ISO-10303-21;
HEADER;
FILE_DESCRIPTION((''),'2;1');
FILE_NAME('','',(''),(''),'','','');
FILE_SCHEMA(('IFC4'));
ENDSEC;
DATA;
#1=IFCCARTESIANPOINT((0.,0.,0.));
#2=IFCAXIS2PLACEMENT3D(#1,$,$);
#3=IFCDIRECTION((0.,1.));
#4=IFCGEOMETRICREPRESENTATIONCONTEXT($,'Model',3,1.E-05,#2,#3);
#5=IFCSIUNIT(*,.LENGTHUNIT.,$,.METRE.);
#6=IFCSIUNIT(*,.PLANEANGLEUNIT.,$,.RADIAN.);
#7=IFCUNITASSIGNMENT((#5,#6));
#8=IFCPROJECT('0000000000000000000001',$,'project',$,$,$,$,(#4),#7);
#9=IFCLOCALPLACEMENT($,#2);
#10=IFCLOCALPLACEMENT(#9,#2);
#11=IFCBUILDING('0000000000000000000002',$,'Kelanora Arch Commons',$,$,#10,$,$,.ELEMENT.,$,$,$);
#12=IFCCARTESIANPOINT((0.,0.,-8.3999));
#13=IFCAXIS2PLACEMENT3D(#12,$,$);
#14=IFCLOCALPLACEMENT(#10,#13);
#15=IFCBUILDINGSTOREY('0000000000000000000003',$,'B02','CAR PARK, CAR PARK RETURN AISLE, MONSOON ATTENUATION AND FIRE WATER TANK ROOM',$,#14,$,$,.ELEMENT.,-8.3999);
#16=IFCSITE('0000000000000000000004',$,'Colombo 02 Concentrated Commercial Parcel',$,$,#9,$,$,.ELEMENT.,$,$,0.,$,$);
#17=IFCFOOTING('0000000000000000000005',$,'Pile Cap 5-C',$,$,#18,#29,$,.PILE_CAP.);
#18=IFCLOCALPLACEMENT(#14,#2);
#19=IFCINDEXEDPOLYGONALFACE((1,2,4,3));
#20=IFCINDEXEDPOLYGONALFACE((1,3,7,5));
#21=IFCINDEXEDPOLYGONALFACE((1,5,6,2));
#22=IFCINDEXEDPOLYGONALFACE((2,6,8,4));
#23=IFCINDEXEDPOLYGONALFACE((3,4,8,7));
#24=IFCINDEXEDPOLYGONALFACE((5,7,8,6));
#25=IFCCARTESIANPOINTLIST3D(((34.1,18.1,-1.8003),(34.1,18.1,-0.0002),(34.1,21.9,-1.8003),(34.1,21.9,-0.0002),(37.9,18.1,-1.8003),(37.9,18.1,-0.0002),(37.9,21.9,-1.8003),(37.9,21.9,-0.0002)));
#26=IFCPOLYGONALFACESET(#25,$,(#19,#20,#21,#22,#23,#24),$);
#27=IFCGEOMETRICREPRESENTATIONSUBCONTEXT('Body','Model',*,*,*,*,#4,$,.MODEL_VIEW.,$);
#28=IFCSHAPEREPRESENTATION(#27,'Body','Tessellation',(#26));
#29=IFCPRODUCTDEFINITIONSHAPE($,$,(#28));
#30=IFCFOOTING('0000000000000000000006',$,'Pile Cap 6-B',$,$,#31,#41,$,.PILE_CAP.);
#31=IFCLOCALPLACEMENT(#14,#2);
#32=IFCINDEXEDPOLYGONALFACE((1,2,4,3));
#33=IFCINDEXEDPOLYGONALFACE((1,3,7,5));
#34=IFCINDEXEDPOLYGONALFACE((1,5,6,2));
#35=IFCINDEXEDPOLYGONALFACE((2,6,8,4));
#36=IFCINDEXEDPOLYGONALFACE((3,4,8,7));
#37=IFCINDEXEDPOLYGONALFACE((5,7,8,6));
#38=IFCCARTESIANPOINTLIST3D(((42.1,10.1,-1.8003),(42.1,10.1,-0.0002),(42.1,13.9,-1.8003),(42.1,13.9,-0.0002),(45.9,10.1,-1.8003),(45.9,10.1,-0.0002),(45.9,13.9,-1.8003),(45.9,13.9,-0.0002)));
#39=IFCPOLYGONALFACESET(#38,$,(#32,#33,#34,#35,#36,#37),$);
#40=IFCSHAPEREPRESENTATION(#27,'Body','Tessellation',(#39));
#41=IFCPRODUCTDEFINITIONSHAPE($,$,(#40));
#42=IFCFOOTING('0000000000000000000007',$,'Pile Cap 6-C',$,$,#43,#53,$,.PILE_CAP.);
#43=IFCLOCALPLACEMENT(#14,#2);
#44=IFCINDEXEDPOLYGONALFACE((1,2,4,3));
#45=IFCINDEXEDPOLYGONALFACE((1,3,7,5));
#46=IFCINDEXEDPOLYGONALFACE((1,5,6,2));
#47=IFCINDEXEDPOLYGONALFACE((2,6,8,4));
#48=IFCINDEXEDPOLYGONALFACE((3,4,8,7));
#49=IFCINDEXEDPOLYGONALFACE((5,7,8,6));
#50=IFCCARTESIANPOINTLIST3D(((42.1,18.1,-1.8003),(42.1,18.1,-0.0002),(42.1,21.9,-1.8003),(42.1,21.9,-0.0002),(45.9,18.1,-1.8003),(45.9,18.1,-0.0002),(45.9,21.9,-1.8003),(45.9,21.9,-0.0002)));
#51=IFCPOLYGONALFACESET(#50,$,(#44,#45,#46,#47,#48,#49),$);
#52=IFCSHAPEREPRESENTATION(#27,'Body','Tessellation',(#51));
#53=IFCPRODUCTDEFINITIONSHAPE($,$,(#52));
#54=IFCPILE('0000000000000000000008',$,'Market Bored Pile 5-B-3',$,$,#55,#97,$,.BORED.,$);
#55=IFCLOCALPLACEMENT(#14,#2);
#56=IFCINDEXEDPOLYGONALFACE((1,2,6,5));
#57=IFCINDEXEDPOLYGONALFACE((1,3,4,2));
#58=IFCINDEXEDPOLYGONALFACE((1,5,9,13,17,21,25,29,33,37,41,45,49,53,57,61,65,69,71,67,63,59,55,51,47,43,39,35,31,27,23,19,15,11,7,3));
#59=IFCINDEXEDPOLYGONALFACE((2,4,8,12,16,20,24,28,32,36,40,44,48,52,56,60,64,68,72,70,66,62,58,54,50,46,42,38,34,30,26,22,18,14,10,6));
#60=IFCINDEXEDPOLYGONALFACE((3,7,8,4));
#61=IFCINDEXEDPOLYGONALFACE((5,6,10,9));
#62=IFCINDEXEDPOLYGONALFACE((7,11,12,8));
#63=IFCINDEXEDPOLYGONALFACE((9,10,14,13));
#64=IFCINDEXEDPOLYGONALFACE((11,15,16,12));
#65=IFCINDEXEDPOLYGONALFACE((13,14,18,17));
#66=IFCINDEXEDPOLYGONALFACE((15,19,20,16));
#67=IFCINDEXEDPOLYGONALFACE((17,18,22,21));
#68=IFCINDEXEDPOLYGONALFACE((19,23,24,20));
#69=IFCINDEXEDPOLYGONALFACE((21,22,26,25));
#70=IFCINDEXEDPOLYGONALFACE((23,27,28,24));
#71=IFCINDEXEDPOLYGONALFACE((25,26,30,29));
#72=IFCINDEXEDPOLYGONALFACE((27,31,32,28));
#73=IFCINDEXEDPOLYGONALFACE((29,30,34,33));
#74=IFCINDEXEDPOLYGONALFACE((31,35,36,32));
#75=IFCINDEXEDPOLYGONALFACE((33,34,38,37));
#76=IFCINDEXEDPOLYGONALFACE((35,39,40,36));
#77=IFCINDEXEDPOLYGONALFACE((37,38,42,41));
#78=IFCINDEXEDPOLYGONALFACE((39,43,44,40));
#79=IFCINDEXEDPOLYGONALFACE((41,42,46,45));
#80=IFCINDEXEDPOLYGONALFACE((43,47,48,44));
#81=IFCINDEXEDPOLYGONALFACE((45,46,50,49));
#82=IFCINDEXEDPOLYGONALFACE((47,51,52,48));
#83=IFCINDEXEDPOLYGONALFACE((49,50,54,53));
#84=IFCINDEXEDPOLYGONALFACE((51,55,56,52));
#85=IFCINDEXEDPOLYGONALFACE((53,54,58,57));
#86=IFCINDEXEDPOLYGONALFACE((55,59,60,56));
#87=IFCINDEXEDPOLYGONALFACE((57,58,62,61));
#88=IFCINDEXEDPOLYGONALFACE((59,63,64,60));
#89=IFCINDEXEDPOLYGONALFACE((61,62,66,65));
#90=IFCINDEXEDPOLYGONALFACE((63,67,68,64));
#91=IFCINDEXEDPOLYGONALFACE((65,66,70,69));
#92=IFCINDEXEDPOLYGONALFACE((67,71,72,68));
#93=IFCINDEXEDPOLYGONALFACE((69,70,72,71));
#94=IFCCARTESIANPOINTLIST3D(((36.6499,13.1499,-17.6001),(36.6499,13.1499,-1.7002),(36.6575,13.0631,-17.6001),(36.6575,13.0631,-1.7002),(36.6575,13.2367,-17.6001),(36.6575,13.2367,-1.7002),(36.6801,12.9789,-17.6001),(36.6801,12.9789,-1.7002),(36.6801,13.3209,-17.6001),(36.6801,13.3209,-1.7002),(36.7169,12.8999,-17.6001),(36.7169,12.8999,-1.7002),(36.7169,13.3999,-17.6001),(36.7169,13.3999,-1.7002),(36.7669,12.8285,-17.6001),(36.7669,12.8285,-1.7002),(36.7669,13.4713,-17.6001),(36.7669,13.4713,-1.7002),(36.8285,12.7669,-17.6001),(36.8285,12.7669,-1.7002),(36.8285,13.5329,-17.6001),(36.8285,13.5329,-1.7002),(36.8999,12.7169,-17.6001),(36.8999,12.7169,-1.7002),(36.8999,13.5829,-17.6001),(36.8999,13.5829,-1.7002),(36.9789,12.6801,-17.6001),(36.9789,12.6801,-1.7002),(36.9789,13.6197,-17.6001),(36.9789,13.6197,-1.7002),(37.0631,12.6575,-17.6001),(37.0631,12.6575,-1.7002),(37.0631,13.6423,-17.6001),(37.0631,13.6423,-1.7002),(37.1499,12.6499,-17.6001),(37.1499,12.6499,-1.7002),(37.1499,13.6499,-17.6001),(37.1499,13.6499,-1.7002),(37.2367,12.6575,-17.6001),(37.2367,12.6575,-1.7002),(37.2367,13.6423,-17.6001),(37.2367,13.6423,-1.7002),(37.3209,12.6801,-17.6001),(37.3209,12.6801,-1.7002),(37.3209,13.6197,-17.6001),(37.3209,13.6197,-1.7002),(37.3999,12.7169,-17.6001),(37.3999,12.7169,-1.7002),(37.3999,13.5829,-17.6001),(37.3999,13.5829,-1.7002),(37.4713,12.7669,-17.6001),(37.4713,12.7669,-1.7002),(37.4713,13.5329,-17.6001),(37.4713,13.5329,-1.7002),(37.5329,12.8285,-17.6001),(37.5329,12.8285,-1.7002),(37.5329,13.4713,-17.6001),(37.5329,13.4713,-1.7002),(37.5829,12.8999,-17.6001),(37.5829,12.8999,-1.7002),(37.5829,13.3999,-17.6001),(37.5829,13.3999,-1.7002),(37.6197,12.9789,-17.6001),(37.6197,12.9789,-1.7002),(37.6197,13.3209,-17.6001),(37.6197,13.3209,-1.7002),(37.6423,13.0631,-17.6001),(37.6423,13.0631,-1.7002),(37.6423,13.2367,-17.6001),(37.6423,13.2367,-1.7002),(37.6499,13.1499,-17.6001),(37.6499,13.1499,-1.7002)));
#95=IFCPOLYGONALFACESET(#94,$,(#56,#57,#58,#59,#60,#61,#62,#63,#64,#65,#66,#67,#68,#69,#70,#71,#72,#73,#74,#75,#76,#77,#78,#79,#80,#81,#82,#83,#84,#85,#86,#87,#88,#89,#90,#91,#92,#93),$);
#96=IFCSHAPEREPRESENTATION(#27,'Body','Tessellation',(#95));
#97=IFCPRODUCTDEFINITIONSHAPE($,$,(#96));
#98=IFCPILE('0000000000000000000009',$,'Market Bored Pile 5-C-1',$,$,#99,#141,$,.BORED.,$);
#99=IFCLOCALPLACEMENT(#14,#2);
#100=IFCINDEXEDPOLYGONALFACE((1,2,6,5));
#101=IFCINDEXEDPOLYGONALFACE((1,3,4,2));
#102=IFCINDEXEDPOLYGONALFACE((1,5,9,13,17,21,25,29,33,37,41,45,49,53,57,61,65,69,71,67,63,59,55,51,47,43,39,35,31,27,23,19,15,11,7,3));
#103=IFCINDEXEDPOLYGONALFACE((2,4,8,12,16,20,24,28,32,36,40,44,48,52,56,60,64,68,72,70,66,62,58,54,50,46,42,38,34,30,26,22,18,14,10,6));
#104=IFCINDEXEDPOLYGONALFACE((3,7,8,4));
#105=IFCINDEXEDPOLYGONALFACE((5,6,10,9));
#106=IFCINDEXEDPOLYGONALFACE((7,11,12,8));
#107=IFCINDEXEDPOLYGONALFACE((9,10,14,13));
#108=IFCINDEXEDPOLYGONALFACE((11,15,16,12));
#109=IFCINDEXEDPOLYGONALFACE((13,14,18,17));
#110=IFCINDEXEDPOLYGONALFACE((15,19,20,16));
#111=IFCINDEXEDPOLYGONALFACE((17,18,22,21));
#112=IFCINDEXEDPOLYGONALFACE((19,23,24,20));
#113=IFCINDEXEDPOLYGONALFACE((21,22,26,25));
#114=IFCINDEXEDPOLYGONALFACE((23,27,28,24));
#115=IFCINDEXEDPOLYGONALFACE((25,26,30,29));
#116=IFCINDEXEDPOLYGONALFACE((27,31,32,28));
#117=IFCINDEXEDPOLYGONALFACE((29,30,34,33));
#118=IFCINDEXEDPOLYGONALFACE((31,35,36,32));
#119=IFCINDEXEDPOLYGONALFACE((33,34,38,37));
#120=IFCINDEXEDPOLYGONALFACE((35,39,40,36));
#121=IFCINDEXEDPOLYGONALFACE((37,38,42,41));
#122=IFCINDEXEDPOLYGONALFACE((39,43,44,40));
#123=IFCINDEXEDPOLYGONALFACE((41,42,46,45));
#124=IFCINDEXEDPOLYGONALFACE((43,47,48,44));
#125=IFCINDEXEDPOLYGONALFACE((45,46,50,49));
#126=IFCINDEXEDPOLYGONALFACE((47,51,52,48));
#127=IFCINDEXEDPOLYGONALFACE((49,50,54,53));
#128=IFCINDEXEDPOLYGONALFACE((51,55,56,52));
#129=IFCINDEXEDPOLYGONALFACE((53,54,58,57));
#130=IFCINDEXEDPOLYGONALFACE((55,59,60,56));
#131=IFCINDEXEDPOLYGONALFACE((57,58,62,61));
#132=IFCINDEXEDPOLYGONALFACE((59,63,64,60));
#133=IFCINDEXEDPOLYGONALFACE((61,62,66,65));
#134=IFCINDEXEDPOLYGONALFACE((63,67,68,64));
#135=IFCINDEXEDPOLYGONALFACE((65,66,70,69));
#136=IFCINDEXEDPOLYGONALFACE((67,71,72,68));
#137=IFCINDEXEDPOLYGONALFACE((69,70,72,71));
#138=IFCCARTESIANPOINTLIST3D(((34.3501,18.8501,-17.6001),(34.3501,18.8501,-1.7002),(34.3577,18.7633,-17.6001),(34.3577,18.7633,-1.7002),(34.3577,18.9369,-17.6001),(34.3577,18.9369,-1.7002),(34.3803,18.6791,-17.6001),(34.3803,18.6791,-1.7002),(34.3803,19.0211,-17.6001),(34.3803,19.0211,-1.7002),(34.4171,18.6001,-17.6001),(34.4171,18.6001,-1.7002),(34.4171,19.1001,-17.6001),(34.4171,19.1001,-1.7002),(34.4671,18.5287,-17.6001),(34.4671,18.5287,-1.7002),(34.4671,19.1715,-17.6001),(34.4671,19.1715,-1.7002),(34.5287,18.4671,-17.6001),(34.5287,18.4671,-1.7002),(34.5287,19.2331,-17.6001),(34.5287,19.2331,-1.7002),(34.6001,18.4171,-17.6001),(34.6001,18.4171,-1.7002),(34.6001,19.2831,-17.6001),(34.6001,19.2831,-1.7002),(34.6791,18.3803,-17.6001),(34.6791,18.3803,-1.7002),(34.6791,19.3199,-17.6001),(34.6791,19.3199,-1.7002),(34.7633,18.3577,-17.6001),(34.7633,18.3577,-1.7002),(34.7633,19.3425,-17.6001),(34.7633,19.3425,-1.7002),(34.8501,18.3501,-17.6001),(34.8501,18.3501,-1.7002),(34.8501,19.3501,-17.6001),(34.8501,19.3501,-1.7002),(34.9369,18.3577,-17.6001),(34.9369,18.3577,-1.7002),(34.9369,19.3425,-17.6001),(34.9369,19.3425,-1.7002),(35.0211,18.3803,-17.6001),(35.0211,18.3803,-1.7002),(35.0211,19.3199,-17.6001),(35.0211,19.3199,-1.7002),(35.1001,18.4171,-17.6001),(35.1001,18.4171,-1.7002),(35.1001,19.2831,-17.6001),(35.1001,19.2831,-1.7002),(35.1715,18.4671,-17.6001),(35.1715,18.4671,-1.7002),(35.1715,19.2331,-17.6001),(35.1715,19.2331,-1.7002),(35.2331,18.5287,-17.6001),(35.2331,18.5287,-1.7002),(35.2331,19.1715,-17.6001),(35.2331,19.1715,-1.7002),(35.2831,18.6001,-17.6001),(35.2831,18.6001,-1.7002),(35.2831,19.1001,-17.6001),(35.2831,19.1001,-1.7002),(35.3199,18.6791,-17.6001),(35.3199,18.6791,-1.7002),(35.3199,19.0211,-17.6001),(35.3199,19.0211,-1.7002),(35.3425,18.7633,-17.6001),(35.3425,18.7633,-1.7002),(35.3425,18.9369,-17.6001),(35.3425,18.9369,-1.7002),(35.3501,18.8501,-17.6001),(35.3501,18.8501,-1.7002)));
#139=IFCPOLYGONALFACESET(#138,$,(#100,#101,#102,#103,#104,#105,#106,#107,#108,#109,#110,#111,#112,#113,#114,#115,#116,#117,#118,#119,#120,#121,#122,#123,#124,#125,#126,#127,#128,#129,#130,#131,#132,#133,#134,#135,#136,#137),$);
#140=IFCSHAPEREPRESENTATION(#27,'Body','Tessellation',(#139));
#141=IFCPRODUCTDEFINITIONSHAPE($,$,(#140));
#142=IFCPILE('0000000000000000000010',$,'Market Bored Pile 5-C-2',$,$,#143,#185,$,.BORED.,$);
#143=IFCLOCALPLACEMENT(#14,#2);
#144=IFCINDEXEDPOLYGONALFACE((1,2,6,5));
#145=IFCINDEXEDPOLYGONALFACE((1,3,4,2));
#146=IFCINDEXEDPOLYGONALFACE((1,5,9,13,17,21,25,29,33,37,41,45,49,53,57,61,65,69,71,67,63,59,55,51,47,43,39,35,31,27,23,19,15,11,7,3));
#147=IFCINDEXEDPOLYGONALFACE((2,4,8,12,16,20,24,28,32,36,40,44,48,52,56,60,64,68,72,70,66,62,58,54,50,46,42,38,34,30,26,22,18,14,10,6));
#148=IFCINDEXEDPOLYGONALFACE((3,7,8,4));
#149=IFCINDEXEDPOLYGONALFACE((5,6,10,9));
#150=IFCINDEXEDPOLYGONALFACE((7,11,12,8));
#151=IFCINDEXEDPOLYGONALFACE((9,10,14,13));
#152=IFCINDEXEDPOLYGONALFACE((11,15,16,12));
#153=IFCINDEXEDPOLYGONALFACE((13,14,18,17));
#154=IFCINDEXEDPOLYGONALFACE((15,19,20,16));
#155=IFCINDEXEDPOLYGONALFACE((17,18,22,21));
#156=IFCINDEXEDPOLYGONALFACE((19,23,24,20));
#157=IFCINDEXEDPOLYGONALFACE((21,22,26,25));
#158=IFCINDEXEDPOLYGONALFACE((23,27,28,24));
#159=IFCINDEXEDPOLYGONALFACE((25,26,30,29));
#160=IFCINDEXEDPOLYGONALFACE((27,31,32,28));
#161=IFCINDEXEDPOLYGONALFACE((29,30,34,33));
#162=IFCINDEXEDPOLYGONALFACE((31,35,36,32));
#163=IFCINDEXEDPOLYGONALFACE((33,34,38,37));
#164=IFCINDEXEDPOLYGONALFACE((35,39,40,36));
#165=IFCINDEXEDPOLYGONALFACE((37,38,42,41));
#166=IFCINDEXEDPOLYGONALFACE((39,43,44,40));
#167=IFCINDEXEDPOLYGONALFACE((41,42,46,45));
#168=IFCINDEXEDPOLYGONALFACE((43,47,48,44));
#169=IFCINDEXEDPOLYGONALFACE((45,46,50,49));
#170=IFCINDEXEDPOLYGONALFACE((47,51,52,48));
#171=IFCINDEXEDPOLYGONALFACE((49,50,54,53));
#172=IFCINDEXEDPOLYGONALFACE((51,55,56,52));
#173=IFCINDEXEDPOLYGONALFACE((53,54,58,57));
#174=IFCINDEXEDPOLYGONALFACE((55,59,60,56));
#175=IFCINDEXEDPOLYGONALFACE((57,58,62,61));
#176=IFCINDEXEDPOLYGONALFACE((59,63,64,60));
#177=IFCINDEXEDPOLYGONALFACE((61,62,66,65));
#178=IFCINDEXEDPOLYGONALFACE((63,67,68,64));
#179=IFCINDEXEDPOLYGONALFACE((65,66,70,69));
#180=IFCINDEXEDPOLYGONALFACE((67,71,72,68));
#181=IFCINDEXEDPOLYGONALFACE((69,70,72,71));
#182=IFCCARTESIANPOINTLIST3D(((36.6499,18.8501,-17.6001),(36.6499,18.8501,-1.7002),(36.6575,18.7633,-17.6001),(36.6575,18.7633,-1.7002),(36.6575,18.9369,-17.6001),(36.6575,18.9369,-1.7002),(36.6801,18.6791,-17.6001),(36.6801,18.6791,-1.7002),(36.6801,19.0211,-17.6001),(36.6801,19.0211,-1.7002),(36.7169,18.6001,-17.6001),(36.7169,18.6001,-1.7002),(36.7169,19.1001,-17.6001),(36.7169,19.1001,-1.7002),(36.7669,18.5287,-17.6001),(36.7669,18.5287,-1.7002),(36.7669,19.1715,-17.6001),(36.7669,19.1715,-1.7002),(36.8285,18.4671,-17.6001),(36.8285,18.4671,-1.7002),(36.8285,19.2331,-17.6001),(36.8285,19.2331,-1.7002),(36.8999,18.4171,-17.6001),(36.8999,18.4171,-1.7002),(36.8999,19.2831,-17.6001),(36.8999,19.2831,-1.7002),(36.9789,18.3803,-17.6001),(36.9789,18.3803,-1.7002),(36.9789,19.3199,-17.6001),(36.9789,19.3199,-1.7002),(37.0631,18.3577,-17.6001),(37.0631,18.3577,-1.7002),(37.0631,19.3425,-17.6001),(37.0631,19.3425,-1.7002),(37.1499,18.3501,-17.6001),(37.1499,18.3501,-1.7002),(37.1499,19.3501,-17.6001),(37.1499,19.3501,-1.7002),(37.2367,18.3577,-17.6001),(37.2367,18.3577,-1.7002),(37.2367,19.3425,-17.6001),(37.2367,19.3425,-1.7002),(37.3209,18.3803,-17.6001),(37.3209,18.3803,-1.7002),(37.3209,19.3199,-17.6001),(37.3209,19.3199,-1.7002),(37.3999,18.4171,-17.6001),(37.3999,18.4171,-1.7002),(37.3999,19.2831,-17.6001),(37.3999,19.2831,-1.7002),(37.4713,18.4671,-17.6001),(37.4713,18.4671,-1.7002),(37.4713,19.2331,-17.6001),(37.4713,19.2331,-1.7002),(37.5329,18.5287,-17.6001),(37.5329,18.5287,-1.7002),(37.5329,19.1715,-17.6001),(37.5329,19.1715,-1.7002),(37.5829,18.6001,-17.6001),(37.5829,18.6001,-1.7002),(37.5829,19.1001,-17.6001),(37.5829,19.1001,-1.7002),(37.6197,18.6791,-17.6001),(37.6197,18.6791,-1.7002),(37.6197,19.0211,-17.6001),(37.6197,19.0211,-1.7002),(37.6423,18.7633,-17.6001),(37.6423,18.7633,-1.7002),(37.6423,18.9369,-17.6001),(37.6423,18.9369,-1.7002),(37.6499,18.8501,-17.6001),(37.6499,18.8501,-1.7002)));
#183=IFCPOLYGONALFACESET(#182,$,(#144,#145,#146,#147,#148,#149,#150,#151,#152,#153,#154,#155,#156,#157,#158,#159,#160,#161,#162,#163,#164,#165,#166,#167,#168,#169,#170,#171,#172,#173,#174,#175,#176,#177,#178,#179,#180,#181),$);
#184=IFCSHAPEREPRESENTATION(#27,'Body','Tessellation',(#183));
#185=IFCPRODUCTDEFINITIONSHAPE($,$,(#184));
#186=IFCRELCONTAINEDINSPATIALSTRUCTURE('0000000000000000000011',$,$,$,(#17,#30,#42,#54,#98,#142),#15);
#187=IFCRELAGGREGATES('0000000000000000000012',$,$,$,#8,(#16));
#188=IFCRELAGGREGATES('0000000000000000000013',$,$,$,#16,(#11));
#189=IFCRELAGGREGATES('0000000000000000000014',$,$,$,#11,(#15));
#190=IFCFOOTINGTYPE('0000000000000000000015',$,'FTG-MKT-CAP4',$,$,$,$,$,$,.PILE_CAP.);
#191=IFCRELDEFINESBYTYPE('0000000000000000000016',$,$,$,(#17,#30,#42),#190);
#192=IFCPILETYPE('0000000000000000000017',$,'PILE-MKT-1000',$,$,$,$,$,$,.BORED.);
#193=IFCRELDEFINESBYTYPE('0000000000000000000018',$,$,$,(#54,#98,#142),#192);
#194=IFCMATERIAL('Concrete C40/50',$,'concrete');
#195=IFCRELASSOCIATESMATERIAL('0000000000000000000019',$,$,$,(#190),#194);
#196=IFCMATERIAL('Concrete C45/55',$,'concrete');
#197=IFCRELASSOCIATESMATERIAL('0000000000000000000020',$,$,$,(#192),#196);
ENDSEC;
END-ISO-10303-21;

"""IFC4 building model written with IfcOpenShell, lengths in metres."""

from ifc_helpers import new_model, si_unit, direction, frame, origin, origin_2d, place, context, subcontext, project, spatial, rectangle, circle, extrude, source, transform, mapped, material, material_profile, profile_set, type_object, element, save


model = new_model("IFC4")

# Units and contexts
model_context = context("Model", 3, precision=1e-05, world=origin(), true_north=direction((0.0, 1.0)))
body_context = subcontext(model_context, "Body", "Model", "MODEL_VIEW")
ifc_project = project(units=[si_unit("LENGTHUNIT", "METRE"), si_unit("PLANEANGLEUNIT", "RADIAN")], contexts=[model_context])

# Site, building, storey
site_placement = place(None, origin())
site = spatial("IfcSite", under=ifc_project, at=site_placement, Name="Colombo 02 Concentrated Commercial Parcel", CompositionType="ELEMENT", RefElevation=0.0)
building_placement = place(site_placement, origin())
building = spatial("IfcBuilding", under=site, at=building_placement, Name="Kelanora Arch Commons", CompositionType="ELEMENT")
storey_placement = place(building_placement, frame((0.0, 0.0, -8.3999)))
storey = spatial("IfcBuildingStorey", under=building, at=storey_placement, Name="B02", Description="CAR PARK, CAR PARK RETURN AISLE, MONSOON ATTENUATION AND FIRE WATER TANK ROOM", CompositionType="ELEMENT", Elevation=-8.3999)

# Footings
ifc_material_1 = material(Name="Concrete C40/50", Category="concrete")
footing_type_1 = type_object("IfcFootingType", Name="FTG-MKT-CAP4", PredefinedType="PILE_CAP", material=ifc_material_1)
shared_shape_1 = source(origin(), body_context, "Body", "SweptSolid", [
    extrude(rectangle(XDim=3.8, YDim=3.8, at=origin_2d()), origin(), (0.0, 0.0, 1.0), 1.8),
])
for number, where, z_axis, x_axis, name in (
    (1, (36.0, 20.0, -1.8003), (0.0, 0.0, 1.0), (1.0, 0.0, 0.0), "Pile Cap 5-C"),
    (2, (44.0, 12.0, -1.8003), (0.0, 0.0, 1.0), (1.0, 0.0, 0.0), "Pile Cap 6-B"),
    (3, (44.0, 20.0, -1.8003), (0.0, 0.0, 1.0), (1.0, 0.0, 0.0), "Pile Cap 6-C"),
):
    element("IfcFooting", number, at=place(storey_placement, frame(where, z_axis=z_axis, x_axis=x_axis)), inside=storey, type_object=footing_type_1, Name=name, PredefinedType="PILE_CAP", context=body_context, shape_type="MappedRepresentation", body=[
        mapped(shared_shape_1, transform((0.0, 0.0, 0.0), scale=1.0)),
    ])

# Piles
ifc_material_2 = material(Name="Concrete C45/55", Category="concrete")
ifc_material_profile_1 = material_profile(ifc_material_2, circle(Radius=0.5, at=origin_2d()), Name="PILE1000")
ifc_profile_set_1 = profile_set([ifc_material_profile_1], Name="Concrete C45/55")
pile_type = type_object("IfcPileType", Name="PILE-MKT-1000", PredefinedType="BORED", material=ifc_profile_set_1)
shared_shape_2 = source(origin(), body_context, "Body", "SweptSolid", [
    extrude(circle(Radius=0.5, at=origin_2d()), origin(), (0.0, 0.0, 1.0), 15.8999),
])
for number, where, z_axis, x_axis, name in (
    (4, (37.1499, 13.1499, -1.7002), (0.0, 0.0, -1.0), (1.0, 0.0, 0.0), "Market Bored Pile 5-B-3"),
    (5, (34.8501, 18.8501, -1.7002), (0.0, 0.0, -1.0), (1.0, 0.0, 0.0), "Market Bored Pile 5-C-1"),
    (6, (37.1499, 18.8501, -1.7002), (0.0, 0.0, -1.0), (1.0, 0.0, 0.0), "Market Bored Pile 5-C-2"),
):
    element("IfcPile", number, at=place(storey_placement, frame(where, z_axis=z_axis, x_axis=x_axis)), inside=storey, type_object=pile_type, Name=name, PredefinedType="BORED", context=body_context, shape_type="MappedRepresentation", body=[
        mapped(shared_shape_2, transform((0.0, 0.0, 0.0), scale=1.0)),
    ])

save(model, "model.ifc")
